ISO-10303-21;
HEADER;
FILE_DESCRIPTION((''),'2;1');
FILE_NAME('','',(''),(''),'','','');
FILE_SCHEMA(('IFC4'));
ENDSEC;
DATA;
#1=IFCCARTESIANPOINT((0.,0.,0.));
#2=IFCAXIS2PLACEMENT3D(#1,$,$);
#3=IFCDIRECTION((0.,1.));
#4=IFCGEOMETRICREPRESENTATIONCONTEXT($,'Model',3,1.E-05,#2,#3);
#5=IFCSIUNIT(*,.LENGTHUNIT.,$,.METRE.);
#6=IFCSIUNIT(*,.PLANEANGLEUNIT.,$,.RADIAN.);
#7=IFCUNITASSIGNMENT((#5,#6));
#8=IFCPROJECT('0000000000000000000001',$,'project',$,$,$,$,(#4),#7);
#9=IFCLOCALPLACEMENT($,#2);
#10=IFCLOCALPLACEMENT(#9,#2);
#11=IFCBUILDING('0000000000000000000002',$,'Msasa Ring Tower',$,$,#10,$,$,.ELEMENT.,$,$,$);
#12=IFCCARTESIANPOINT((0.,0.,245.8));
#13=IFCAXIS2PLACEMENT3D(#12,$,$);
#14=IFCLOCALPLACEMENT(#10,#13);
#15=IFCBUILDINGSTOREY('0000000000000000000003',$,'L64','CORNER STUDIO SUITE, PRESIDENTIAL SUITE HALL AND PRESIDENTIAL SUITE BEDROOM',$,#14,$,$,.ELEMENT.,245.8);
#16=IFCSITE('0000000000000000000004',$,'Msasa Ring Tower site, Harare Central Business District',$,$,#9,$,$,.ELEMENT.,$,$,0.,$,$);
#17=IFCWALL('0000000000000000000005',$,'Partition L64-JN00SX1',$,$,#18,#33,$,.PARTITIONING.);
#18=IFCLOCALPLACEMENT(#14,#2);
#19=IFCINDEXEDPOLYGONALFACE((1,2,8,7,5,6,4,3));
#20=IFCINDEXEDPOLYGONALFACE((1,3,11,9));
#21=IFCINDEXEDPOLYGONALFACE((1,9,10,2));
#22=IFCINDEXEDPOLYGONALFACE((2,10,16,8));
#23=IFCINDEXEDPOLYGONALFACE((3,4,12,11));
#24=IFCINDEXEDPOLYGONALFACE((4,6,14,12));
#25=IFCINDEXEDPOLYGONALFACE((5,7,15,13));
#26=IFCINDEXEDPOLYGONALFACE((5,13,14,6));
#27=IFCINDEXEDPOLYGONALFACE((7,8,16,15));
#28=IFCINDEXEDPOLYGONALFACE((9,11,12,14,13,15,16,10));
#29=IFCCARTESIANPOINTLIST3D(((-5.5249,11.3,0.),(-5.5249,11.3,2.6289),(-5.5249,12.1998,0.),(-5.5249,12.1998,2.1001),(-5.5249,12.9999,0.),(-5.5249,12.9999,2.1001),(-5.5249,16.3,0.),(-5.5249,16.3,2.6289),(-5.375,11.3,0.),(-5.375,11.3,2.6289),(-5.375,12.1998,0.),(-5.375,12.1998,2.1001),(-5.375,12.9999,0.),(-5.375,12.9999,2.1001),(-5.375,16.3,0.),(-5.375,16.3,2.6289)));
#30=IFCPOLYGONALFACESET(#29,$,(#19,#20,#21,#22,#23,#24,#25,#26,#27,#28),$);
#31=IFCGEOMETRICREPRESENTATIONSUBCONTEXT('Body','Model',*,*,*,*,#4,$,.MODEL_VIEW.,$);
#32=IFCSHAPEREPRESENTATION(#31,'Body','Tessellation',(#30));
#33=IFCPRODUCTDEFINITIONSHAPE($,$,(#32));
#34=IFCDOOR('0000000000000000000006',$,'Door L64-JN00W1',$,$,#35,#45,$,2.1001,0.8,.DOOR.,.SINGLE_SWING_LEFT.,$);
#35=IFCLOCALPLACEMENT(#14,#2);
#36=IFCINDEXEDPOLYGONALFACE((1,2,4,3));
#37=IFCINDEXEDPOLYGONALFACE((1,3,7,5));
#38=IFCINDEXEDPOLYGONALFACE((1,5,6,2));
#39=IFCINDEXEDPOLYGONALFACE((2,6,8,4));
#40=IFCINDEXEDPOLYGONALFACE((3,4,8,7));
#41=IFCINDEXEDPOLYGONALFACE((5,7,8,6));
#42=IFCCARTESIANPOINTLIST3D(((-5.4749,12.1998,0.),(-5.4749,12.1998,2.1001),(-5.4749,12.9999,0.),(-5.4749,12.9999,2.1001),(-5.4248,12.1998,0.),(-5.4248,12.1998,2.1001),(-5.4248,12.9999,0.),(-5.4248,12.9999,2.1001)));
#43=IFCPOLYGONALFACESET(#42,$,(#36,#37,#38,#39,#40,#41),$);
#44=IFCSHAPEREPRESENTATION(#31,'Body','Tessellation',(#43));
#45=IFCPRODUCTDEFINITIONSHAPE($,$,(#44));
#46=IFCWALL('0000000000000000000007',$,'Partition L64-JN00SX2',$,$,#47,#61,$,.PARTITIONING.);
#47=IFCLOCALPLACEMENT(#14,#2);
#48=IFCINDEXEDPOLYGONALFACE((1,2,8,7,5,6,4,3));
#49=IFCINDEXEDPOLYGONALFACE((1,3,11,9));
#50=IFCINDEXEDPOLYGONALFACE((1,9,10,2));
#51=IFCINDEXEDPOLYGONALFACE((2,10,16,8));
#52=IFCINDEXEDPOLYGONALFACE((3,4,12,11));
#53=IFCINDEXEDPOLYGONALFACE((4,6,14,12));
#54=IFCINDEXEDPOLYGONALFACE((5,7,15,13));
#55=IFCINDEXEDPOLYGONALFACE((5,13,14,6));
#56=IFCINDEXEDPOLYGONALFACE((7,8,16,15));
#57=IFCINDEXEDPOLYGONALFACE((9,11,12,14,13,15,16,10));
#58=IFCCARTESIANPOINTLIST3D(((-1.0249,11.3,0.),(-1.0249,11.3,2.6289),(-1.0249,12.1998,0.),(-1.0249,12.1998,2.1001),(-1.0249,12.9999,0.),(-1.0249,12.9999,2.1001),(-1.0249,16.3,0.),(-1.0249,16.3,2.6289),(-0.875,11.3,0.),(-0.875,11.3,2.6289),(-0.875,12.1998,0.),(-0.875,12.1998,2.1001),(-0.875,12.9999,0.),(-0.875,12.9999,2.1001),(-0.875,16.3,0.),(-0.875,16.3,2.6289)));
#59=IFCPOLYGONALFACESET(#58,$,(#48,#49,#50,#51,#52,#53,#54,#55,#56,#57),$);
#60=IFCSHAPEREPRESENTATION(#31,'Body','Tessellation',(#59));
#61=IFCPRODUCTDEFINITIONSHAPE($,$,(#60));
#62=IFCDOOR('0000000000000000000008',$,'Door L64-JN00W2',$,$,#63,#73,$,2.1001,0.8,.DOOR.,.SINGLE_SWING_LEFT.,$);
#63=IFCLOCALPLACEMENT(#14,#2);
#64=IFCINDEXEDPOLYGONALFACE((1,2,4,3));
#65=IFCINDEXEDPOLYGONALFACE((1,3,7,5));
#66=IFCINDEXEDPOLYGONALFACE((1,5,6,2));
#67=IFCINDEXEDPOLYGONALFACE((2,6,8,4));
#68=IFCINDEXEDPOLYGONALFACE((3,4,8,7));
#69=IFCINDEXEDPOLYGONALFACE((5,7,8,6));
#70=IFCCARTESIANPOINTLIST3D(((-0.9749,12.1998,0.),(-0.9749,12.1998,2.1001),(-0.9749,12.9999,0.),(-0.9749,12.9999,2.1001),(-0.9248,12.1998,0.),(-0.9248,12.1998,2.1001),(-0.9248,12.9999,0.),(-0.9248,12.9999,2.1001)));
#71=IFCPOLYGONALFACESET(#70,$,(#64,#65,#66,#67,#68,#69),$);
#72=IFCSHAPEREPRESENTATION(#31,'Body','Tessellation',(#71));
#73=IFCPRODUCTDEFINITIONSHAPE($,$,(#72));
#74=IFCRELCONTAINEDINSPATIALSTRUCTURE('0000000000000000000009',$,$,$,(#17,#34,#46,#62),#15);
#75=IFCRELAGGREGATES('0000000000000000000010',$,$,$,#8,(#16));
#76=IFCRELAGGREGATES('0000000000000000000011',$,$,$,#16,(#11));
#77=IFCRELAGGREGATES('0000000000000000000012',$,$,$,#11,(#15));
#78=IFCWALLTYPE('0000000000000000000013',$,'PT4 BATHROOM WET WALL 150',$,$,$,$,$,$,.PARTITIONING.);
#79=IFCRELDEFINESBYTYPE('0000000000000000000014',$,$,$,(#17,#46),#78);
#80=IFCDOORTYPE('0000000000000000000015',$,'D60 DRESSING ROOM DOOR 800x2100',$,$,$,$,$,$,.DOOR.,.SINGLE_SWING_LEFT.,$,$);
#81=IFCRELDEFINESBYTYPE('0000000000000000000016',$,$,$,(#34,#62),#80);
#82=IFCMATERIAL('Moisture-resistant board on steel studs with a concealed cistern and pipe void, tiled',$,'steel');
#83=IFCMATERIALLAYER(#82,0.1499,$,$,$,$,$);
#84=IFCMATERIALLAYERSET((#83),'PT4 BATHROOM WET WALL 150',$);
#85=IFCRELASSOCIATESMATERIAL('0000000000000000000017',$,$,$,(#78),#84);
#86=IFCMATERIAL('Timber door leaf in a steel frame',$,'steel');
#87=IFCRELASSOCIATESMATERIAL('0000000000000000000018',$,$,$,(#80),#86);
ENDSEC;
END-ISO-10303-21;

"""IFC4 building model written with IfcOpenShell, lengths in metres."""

from ifc_helpers import new_model, si_unit, direction, frame, frame_2d, origin, place, context, subcontext, project, spatial, rectangle, extrude, material, layer, layer_set, type_object, element, fill, save


model = new_model("IFC4")

# Units and contexts
model_context = context("Model", 3, precision=1e-05, world=origin(), true_north=direction((0.0, 1.0)))
body_context = subcontext(model_context, "Body", "Model", "MODEL_VIEW")
ifc_project = project(units=[si_unit("LENGTHUNIT", "METRE"), si_unit("PLANEANGLEUNIT", "RADIAN")], contexts=[model_context])

# Site, building, storey
site_placement = place(None, origin())
site = spatial("IfcSite", under=ifc_project, at=site_placement, Name="Msasa Ring Tower site, Harare Central Business District", CompositionType="ELEMENT", RefElevation=0.0)
building_placement = place(site_placement, origin())
building = spatial("IfcBuilding", under=site, at=building_placement, Name="Msasa Ring Tower", CompositionType="ELEMENT")
storey_placement = place(building_placement, frame((0.0, 0.0, 245.8)))
storey = spatial("IfcBuildingStorey", under=building, at=storey_placement, Name="L64", Description="CORNER STUDIO SUITE, PRESIDENTIAL SUITE HALL AND PRESIDENTIAL SUITE BEDROOM", CompositionType="ELEMENT", Elevation=245.8)

# Walls, openings, doors
ifc_material_1 = material(Name="Moisture-resistant board on steel studs with a concealed cistern and pipe void, tiled", Category="steel")
ifc_layer_1 = layer(ifc_material_1, 0.1499)
ifc_layer_set_1 = layer_set([ifc_layer_1], Name="PT4 BATHROOM WET WALL 150")
wall_type_1 = type_object("IfcWallType", Name="PT4 BATHROOM WET WALL 150", PredefinedType="PARTITIONING", material=ifc_layer_set_1)
wall_1_placement = place(storey_placement, frame((-5.45, 11.3, 0.0), z_axis=(0.0, 0.0, 1.0), x_axis=(0.0, 1.0, 0.0)))
wall_1 = element("IfcWall", 1, at=wall_1_placement, inside=storey, type_object=wall_type_1, Name="Partition L64-JN00SX1", PredefinedType="PARTITIONING", context=body_context, shape_type="SweptSolid", body=[
    extrude(rectangle(XDim=5.0, YDim=0.1499, at=frame_2d((2.5, 0.0))), origin(), (0.0, 0.0, 1.0), 2.6289),
])
opening_1_placement = place(wall_1_placement, frame((0.8999, 0.0, 0.0)))
opening_1 = element("IfcOpeningElement", 2, at=opening_1_placement, cuts=wall_1, PredefinedType="OPENING", context=body_context, shape_type="SweptSolid", body=[
    extrude(rectangle(XDim=0.8, YDim=2.1001, at=frame_2d((0.3999, 1.05))), frame((0.0, 0.085, 0.0), z_axis=(0.0, -1.0, 0.0), x_axis=(1.0, 0.0, 0.0)), (0.0, 0.0, 1.0), 0.1699),
])
ifc_material_2 = material(Name="Timber door leaf in a steel frame", Category="steel")
door_type_1 = type_object("IfcDoorType", Name="D60 DRESSING ROOM DOOR 800x2100", OperationType="SINGLE_SWING_LEFT", PredefinedType="DOOR", material=ifc_material_2)
door_1_placement = place(opening_1_placement, origin())
door_1 = element("IfcDoor", 3, at=door_1_placement, inside=storey, type_object=door_type_1, Name="Door L64-JN00W1", OperationType="SINGLE_SWING_LEFT", OverallHeight=2.1001, OverallWidth=0.8, PredefinedType="DOOR", context=body_context, shape_type="SweptSolid", body=[
    extrude(rectangle(XDim=0.8, YDim=2.1001, at=frame_2d((0.3999, 1.05))), frame((0.0, 0.0249, 0.0), z_axis=(0.0, -1.0, 0.0), x_axis=(1.0, 0.0, 0.0)), (0.0, 0.0, 1.0), 0.05),
])
fill(opening_1, door_1)
wall_2_placement = place(storey_placement, frame((-0.95, 11.3, 0.0), z_axis=(0.0, 0.0, 1.0), x_axis=(0.0, 1.0, 0.0)))
wall_2 = element("IfcWall", 4, at=wall_2_placement, inside=storey, type_object=wall_type_1, Name="Partition L64-JN00SX2", PredefinedType="PARTITIONING", context=body_context, shape_type="SweptSolid", body=[
    extrude(rectangle(XDim=5.0, YDim=0.1499, at=frame_2d((2.5, 0.0))), origin(), (0.0, 0.0, 1.0), 2.6289),
])
opening_2_placement = place(wall_2_placement, frame((0.8999, 0.0, 0.0)))
opening_2 = element("IfcOpeningElement", 5, at=opening_2_placement, cuts=wall_2, PredefinedType="OPENING", context=body_context, shape_type="SweptSolid", body=[
    extrude(rectangle(XDim=0.8, YDim=2.1001, at=frame_2d((0.3999, 1.05))), frame((0.0, 0.085, 0.0), z_axis=(0.0, -1.0, 0.0), x_axis=(1.0, 0.0, 0.0)), (0.0, 0.0, 1.0), 0.1699),
])
door_2_placement = place(opening_2_placement, origin())
door_2 = element("IfcDoor", 6, at=door_2_placement, inside=storey, type_object=door_type_1, Name="Door L64-JN00W2", OperationType="SINGLE_SWING_LEFT", OverallHeight=2.1001, OverallWidth=0.8, PredefinedType="DOOR", context=body_context, shape_type="SweptSolid", body=[
    extrude(rectangle(XDim=0.8, YDim=2.1001, at=frame_2d((0.3999, 1.05))), frame((0.0, 0.0249, 0.0), z_axis=(0.0, -1.0, 0.0), x_axis=(1.0, 0.0, 0.0)), (0.0, 0.0, 1.0), 0.05),
])
fill(opening_2, door_2)

save(model, "model.ifc")
